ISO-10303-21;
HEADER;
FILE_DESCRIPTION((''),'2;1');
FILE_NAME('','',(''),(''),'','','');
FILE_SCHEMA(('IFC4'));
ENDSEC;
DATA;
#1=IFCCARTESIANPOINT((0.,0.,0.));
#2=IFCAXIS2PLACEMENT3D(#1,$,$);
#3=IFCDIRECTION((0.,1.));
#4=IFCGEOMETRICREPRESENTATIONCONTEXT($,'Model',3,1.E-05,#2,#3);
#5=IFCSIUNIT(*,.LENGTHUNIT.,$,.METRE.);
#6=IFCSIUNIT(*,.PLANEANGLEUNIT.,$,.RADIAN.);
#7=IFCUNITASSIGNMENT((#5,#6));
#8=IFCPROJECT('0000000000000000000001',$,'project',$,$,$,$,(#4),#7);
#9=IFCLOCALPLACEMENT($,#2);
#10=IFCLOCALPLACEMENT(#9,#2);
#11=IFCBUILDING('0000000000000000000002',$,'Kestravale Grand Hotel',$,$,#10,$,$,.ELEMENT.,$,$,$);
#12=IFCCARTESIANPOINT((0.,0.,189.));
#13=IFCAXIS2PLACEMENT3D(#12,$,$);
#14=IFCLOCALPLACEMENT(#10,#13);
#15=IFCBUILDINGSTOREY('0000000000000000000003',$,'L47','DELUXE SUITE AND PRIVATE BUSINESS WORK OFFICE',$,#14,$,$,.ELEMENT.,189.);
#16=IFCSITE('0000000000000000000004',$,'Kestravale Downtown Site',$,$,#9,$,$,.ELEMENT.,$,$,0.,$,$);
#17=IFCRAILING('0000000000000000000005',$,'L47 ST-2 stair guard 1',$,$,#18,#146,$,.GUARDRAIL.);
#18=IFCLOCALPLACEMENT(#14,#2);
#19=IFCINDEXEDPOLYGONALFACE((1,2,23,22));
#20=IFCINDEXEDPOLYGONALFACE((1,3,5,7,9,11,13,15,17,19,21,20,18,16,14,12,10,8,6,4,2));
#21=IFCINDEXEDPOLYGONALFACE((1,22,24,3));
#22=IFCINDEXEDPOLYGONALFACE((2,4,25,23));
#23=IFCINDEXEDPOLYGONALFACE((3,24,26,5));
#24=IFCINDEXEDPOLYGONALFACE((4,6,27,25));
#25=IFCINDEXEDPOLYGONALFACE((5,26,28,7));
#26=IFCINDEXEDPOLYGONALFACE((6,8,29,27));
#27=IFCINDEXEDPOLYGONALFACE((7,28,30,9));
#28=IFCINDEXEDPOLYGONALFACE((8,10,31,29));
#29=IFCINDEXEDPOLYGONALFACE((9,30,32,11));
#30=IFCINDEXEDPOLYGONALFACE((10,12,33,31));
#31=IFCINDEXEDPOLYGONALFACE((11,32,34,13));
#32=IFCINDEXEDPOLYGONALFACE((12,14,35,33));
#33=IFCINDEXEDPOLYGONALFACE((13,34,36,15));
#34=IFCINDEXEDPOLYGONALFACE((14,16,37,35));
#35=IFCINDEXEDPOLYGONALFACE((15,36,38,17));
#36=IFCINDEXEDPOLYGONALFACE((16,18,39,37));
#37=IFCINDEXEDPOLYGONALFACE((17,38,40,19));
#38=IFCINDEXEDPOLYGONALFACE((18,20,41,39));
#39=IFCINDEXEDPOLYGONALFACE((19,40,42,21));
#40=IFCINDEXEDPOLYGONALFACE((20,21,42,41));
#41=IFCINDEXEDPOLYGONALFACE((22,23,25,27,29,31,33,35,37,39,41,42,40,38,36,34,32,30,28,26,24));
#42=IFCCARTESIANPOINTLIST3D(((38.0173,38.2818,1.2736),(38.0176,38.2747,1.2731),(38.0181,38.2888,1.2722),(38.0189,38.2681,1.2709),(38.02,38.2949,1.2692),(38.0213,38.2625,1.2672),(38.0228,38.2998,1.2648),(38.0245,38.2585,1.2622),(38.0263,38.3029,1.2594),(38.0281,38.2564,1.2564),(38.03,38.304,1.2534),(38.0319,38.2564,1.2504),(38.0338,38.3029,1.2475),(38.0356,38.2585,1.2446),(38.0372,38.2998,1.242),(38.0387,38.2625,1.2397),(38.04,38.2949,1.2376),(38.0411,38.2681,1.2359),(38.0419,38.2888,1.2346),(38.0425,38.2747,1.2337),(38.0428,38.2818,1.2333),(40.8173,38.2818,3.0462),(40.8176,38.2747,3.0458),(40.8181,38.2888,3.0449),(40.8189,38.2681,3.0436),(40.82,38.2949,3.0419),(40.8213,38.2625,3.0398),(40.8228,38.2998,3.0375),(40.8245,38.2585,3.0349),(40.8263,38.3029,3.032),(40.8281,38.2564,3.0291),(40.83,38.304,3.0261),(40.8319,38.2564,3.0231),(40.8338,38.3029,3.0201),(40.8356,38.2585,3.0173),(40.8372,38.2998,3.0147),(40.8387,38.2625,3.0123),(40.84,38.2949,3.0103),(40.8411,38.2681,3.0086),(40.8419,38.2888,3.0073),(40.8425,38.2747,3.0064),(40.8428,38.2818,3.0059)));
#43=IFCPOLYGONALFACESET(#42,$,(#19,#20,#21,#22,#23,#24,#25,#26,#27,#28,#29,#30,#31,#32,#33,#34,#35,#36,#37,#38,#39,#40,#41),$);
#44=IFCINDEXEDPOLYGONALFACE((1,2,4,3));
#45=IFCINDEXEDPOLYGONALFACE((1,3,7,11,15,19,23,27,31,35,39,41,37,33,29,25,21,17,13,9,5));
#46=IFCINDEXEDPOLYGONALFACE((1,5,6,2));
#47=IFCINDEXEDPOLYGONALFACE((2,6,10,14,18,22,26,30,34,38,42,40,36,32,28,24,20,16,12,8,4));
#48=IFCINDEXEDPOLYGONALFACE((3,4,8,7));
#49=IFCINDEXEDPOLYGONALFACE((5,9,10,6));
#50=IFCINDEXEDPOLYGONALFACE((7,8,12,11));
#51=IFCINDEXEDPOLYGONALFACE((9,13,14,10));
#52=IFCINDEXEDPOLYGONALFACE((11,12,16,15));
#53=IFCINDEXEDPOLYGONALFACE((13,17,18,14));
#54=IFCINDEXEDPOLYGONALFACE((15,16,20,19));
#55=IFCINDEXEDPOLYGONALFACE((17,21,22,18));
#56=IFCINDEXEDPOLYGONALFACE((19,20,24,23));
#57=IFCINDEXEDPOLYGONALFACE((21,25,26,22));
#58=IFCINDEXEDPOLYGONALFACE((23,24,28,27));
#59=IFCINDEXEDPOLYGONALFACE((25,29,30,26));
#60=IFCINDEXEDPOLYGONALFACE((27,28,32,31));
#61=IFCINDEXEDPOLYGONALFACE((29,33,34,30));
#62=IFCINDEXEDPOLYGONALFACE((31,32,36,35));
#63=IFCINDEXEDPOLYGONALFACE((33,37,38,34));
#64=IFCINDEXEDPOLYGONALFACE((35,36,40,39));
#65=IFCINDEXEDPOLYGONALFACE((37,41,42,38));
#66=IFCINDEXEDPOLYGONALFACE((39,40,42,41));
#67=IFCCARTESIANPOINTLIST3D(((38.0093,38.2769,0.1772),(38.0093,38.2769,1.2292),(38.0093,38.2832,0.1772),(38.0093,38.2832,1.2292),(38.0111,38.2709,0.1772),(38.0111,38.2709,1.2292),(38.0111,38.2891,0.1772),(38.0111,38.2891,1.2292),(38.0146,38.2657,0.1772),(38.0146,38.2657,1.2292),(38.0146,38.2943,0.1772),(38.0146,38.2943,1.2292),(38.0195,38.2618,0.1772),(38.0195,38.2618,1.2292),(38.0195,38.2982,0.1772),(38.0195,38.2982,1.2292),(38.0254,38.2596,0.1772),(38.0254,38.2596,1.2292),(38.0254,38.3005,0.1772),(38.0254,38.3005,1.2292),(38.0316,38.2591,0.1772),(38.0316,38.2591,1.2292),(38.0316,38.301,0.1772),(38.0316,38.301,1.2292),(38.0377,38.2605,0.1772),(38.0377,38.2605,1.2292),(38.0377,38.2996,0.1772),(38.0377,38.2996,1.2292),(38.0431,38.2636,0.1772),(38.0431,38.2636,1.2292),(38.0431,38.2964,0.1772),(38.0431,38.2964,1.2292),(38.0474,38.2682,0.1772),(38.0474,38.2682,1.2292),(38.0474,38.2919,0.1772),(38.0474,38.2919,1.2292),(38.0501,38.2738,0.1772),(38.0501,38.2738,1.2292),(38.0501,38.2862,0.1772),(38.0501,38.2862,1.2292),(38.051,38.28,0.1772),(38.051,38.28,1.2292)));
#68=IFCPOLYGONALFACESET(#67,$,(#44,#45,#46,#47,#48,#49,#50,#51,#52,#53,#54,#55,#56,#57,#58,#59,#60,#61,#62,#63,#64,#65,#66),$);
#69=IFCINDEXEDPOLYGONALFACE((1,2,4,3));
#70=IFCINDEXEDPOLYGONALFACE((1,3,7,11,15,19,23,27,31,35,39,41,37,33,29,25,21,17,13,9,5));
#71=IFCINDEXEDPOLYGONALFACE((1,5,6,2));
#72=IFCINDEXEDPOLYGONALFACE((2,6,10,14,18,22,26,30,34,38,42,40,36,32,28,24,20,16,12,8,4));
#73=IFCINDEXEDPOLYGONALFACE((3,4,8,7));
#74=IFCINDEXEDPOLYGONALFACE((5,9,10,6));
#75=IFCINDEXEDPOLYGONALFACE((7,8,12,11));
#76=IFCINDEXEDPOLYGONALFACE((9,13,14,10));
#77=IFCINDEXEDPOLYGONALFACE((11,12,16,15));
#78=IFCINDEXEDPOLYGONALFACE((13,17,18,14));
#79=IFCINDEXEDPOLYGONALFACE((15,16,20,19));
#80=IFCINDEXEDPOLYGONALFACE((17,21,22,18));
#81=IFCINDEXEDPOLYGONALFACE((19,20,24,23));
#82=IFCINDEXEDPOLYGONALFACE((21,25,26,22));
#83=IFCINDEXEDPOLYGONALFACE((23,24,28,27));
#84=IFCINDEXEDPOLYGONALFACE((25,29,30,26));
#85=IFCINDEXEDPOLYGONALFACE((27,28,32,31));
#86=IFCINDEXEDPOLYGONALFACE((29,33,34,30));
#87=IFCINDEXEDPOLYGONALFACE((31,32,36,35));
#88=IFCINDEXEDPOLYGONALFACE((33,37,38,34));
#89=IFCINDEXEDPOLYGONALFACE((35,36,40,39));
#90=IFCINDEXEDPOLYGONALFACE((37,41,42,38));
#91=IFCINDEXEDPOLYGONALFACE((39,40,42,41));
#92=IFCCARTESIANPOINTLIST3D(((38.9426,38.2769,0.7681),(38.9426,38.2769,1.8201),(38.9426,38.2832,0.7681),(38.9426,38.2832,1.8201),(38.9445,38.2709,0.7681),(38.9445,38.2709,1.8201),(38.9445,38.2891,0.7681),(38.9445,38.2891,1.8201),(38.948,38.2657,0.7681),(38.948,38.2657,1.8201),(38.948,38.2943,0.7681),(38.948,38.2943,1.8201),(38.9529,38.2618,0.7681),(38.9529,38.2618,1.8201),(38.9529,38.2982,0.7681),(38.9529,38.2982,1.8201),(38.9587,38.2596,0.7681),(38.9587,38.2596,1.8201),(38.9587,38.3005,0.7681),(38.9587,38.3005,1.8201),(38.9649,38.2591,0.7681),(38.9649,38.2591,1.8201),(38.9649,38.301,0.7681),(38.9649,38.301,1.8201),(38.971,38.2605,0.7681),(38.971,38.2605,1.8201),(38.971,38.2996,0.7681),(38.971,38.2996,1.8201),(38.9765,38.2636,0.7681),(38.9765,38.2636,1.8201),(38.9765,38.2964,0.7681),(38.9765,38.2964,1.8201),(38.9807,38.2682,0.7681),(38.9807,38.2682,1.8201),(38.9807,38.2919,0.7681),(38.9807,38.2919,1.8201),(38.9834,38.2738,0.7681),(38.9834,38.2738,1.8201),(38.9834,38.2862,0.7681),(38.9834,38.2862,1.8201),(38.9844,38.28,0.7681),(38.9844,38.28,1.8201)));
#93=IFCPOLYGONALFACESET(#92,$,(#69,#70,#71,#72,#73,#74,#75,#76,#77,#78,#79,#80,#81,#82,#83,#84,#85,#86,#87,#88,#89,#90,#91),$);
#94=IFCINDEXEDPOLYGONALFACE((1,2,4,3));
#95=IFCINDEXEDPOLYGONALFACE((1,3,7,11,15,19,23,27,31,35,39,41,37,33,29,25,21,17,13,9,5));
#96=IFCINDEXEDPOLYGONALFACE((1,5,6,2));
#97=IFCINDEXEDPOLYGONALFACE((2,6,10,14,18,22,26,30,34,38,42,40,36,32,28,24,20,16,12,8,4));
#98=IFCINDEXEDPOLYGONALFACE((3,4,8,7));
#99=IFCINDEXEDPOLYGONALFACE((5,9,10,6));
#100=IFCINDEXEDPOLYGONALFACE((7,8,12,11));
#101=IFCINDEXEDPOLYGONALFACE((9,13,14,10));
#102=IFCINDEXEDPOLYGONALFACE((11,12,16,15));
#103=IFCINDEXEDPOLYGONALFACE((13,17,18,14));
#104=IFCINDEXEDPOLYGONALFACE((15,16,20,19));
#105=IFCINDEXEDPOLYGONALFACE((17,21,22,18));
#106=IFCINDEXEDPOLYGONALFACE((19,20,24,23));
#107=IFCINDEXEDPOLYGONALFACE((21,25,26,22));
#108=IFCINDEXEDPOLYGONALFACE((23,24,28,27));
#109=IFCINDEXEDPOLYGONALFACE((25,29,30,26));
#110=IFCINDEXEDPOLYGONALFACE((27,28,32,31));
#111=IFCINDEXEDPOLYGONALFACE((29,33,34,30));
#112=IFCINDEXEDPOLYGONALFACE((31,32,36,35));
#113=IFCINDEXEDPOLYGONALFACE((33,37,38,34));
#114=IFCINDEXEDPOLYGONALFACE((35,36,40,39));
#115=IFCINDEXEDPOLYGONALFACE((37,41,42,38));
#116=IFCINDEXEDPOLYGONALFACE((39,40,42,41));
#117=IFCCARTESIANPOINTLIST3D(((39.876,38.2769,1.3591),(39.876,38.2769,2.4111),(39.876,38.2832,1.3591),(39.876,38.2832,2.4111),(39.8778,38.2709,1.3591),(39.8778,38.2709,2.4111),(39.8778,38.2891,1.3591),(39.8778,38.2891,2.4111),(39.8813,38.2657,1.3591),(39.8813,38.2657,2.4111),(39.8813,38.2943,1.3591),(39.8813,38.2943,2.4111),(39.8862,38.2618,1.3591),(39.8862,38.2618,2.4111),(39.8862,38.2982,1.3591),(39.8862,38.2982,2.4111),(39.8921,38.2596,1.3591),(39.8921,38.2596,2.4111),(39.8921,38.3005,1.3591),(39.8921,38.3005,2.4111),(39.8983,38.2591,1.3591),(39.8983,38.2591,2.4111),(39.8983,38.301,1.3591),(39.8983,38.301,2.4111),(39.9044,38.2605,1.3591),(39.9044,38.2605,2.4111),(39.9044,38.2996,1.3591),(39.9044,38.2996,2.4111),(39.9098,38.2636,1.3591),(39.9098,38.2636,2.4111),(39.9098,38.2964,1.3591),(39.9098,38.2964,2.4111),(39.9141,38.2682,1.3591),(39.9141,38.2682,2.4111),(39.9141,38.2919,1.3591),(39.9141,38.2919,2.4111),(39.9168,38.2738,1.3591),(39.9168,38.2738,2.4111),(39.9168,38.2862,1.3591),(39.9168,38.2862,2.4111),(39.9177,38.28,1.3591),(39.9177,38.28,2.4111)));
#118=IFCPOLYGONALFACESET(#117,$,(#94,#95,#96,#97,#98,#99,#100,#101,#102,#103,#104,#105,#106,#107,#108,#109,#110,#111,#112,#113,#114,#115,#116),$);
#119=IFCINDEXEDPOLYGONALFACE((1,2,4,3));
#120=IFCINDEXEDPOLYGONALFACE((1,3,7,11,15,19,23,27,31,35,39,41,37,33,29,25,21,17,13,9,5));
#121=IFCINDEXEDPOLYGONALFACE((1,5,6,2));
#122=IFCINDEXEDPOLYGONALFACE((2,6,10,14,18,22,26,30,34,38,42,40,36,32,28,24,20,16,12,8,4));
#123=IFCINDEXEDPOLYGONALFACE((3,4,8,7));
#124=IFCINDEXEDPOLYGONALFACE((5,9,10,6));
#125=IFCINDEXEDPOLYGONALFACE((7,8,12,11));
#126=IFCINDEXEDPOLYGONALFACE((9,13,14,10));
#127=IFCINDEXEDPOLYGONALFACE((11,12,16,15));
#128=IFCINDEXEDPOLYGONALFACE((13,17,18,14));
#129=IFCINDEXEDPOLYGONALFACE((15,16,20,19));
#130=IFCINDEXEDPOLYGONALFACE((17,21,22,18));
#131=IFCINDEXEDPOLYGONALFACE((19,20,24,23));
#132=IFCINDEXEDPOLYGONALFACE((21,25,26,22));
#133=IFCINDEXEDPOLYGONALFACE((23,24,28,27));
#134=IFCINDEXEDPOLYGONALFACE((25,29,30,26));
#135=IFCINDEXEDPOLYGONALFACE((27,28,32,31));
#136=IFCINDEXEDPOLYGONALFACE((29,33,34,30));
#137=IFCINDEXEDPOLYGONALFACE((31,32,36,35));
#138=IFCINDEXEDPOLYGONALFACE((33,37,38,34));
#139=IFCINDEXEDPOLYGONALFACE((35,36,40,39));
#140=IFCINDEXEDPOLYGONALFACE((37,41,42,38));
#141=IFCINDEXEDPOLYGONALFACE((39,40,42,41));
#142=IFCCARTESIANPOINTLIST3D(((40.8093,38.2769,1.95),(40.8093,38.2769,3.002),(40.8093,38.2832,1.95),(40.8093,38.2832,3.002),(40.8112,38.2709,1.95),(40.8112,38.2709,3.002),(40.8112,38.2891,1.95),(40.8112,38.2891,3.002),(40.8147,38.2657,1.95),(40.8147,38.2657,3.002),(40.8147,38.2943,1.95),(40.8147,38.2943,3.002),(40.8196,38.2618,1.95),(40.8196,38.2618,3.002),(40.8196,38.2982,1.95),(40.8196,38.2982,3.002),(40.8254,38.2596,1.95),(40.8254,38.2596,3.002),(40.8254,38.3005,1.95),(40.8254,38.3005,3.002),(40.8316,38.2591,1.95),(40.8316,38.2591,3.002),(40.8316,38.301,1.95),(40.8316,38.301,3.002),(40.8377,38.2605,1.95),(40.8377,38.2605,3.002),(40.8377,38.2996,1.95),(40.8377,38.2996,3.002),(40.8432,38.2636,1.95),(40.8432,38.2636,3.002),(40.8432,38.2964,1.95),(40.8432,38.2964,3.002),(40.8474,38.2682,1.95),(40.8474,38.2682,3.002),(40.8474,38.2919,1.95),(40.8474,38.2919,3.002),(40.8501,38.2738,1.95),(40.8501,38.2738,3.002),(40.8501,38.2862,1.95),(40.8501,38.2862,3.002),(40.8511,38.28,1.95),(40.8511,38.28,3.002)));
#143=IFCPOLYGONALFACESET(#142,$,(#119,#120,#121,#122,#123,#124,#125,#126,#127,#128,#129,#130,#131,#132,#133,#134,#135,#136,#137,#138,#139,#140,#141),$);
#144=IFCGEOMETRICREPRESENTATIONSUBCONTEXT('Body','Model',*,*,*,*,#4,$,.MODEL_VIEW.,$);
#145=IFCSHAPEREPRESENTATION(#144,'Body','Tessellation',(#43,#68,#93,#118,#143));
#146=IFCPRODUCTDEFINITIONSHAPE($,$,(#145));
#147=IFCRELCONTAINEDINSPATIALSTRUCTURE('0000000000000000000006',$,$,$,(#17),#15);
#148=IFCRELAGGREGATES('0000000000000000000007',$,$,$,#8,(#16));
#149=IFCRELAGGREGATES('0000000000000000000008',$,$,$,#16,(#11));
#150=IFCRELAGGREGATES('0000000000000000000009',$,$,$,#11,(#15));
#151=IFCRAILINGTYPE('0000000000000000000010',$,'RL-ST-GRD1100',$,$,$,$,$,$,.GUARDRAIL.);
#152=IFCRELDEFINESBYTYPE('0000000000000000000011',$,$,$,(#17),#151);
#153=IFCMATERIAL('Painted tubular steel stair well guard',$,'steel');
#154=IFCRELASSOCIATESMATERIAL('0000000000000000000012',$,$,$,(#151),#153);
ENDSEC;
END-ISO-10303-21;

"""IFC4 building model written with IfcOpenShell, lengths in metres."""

from ifc_helpers import new_model, si_unit, direction, frame, origin, origin_2d, place, context, subcontext, project, spatial, circle, extrude, material, type_object, element, save


model = new_model("IFC4")

# Units and contexts
model_context = context("Model", 3, precision=1e-05, world=origin(), true_north=direction((0.0, 1.0)))
body_context = subcontext(model_context, "Body", "Model", "MODEL_VIEW")
ifc_project = project(units=[si_unit("LENGTHUNIT", "METRE"), si_unit("PLANEANGLEUNIT", "RADIAN")], contexts=[model_context])

# Site, building, storey
site_placement = place(None, origin())
site = spatial("IfcSite", under=ifc_project, at=site_placement, Name="Kestravale Downtown Site", CompositionType="ELEMENT", RefElevation=0.0)
building_placement = place(site_placement, origin())
building = spatial("IfcBuilding", under=site, at=building_placement, Name="Kestravale Grand Hotel", CompositionType="ELEMENT")
storey_placement = place(building_placement, frame((0.0, 0.0, 189.0)))
storey = spatial("IfcBuildingStorey", under=building, at=storey_placement, Name="L47", Description="DELUXE SUITE AND PRIVATE BUSINESS WORK OFFICE", CompositionType="ELEMENT", Elevation=189.0)

# Railing
ifc_material_1 = material(Name="Painted tubular steel stair well guard", Category="steel")
railing_type_1 = type_object("IfcRailingType", Name="RL-ST-GRD1100", PredefinedType="GUARDRAIL", material=ifc_material_1)
railing_1_placement = place(storey_placement, frame((38.03, 38.28, 0.1772)))
element("IfcRailing", 1, at=railing_1_placement, inside=storey, type_object=railing_type_1, Name="L47 ST-2 stair guard 1", PredefinedType="GUARDRAIL", context=body_context, shape_type="SweptSolid", body=[
    extrude(circle(Radius=0.0239, at=origin_2d()), frame((0.0, 0.0, 1.0762), z_axis=(0.844909, 0.0, 0.53491), x_axis=(0.0, 1.0, 0.0)), (0.0, 0.0, 1.0), 3.314),
    extrude(circle(Radius=0.021, at=origin_2d()), origin(), (0.0, 0.0, 1.0), 1.052),
    extrude(circle(Radius=0.021, at=origin_2d()), frame((0.9333, 0.0, 0.5908)), (0.0, 0.0, 1.0), 1.052),
    extrude(circle(Radius=0.021, at=origin_2d()), frame((1.8667, 0.0, 1.1819)), (0.0, 0.0, 1.0), 1.052),
    extrude(circle(Radius=0.021, at=origin_2d()), frame((2.8, 0.0, 1.7727)), (0.0, 0.0, 1.0), 1.052),
])

save(model, "model.ifc")
